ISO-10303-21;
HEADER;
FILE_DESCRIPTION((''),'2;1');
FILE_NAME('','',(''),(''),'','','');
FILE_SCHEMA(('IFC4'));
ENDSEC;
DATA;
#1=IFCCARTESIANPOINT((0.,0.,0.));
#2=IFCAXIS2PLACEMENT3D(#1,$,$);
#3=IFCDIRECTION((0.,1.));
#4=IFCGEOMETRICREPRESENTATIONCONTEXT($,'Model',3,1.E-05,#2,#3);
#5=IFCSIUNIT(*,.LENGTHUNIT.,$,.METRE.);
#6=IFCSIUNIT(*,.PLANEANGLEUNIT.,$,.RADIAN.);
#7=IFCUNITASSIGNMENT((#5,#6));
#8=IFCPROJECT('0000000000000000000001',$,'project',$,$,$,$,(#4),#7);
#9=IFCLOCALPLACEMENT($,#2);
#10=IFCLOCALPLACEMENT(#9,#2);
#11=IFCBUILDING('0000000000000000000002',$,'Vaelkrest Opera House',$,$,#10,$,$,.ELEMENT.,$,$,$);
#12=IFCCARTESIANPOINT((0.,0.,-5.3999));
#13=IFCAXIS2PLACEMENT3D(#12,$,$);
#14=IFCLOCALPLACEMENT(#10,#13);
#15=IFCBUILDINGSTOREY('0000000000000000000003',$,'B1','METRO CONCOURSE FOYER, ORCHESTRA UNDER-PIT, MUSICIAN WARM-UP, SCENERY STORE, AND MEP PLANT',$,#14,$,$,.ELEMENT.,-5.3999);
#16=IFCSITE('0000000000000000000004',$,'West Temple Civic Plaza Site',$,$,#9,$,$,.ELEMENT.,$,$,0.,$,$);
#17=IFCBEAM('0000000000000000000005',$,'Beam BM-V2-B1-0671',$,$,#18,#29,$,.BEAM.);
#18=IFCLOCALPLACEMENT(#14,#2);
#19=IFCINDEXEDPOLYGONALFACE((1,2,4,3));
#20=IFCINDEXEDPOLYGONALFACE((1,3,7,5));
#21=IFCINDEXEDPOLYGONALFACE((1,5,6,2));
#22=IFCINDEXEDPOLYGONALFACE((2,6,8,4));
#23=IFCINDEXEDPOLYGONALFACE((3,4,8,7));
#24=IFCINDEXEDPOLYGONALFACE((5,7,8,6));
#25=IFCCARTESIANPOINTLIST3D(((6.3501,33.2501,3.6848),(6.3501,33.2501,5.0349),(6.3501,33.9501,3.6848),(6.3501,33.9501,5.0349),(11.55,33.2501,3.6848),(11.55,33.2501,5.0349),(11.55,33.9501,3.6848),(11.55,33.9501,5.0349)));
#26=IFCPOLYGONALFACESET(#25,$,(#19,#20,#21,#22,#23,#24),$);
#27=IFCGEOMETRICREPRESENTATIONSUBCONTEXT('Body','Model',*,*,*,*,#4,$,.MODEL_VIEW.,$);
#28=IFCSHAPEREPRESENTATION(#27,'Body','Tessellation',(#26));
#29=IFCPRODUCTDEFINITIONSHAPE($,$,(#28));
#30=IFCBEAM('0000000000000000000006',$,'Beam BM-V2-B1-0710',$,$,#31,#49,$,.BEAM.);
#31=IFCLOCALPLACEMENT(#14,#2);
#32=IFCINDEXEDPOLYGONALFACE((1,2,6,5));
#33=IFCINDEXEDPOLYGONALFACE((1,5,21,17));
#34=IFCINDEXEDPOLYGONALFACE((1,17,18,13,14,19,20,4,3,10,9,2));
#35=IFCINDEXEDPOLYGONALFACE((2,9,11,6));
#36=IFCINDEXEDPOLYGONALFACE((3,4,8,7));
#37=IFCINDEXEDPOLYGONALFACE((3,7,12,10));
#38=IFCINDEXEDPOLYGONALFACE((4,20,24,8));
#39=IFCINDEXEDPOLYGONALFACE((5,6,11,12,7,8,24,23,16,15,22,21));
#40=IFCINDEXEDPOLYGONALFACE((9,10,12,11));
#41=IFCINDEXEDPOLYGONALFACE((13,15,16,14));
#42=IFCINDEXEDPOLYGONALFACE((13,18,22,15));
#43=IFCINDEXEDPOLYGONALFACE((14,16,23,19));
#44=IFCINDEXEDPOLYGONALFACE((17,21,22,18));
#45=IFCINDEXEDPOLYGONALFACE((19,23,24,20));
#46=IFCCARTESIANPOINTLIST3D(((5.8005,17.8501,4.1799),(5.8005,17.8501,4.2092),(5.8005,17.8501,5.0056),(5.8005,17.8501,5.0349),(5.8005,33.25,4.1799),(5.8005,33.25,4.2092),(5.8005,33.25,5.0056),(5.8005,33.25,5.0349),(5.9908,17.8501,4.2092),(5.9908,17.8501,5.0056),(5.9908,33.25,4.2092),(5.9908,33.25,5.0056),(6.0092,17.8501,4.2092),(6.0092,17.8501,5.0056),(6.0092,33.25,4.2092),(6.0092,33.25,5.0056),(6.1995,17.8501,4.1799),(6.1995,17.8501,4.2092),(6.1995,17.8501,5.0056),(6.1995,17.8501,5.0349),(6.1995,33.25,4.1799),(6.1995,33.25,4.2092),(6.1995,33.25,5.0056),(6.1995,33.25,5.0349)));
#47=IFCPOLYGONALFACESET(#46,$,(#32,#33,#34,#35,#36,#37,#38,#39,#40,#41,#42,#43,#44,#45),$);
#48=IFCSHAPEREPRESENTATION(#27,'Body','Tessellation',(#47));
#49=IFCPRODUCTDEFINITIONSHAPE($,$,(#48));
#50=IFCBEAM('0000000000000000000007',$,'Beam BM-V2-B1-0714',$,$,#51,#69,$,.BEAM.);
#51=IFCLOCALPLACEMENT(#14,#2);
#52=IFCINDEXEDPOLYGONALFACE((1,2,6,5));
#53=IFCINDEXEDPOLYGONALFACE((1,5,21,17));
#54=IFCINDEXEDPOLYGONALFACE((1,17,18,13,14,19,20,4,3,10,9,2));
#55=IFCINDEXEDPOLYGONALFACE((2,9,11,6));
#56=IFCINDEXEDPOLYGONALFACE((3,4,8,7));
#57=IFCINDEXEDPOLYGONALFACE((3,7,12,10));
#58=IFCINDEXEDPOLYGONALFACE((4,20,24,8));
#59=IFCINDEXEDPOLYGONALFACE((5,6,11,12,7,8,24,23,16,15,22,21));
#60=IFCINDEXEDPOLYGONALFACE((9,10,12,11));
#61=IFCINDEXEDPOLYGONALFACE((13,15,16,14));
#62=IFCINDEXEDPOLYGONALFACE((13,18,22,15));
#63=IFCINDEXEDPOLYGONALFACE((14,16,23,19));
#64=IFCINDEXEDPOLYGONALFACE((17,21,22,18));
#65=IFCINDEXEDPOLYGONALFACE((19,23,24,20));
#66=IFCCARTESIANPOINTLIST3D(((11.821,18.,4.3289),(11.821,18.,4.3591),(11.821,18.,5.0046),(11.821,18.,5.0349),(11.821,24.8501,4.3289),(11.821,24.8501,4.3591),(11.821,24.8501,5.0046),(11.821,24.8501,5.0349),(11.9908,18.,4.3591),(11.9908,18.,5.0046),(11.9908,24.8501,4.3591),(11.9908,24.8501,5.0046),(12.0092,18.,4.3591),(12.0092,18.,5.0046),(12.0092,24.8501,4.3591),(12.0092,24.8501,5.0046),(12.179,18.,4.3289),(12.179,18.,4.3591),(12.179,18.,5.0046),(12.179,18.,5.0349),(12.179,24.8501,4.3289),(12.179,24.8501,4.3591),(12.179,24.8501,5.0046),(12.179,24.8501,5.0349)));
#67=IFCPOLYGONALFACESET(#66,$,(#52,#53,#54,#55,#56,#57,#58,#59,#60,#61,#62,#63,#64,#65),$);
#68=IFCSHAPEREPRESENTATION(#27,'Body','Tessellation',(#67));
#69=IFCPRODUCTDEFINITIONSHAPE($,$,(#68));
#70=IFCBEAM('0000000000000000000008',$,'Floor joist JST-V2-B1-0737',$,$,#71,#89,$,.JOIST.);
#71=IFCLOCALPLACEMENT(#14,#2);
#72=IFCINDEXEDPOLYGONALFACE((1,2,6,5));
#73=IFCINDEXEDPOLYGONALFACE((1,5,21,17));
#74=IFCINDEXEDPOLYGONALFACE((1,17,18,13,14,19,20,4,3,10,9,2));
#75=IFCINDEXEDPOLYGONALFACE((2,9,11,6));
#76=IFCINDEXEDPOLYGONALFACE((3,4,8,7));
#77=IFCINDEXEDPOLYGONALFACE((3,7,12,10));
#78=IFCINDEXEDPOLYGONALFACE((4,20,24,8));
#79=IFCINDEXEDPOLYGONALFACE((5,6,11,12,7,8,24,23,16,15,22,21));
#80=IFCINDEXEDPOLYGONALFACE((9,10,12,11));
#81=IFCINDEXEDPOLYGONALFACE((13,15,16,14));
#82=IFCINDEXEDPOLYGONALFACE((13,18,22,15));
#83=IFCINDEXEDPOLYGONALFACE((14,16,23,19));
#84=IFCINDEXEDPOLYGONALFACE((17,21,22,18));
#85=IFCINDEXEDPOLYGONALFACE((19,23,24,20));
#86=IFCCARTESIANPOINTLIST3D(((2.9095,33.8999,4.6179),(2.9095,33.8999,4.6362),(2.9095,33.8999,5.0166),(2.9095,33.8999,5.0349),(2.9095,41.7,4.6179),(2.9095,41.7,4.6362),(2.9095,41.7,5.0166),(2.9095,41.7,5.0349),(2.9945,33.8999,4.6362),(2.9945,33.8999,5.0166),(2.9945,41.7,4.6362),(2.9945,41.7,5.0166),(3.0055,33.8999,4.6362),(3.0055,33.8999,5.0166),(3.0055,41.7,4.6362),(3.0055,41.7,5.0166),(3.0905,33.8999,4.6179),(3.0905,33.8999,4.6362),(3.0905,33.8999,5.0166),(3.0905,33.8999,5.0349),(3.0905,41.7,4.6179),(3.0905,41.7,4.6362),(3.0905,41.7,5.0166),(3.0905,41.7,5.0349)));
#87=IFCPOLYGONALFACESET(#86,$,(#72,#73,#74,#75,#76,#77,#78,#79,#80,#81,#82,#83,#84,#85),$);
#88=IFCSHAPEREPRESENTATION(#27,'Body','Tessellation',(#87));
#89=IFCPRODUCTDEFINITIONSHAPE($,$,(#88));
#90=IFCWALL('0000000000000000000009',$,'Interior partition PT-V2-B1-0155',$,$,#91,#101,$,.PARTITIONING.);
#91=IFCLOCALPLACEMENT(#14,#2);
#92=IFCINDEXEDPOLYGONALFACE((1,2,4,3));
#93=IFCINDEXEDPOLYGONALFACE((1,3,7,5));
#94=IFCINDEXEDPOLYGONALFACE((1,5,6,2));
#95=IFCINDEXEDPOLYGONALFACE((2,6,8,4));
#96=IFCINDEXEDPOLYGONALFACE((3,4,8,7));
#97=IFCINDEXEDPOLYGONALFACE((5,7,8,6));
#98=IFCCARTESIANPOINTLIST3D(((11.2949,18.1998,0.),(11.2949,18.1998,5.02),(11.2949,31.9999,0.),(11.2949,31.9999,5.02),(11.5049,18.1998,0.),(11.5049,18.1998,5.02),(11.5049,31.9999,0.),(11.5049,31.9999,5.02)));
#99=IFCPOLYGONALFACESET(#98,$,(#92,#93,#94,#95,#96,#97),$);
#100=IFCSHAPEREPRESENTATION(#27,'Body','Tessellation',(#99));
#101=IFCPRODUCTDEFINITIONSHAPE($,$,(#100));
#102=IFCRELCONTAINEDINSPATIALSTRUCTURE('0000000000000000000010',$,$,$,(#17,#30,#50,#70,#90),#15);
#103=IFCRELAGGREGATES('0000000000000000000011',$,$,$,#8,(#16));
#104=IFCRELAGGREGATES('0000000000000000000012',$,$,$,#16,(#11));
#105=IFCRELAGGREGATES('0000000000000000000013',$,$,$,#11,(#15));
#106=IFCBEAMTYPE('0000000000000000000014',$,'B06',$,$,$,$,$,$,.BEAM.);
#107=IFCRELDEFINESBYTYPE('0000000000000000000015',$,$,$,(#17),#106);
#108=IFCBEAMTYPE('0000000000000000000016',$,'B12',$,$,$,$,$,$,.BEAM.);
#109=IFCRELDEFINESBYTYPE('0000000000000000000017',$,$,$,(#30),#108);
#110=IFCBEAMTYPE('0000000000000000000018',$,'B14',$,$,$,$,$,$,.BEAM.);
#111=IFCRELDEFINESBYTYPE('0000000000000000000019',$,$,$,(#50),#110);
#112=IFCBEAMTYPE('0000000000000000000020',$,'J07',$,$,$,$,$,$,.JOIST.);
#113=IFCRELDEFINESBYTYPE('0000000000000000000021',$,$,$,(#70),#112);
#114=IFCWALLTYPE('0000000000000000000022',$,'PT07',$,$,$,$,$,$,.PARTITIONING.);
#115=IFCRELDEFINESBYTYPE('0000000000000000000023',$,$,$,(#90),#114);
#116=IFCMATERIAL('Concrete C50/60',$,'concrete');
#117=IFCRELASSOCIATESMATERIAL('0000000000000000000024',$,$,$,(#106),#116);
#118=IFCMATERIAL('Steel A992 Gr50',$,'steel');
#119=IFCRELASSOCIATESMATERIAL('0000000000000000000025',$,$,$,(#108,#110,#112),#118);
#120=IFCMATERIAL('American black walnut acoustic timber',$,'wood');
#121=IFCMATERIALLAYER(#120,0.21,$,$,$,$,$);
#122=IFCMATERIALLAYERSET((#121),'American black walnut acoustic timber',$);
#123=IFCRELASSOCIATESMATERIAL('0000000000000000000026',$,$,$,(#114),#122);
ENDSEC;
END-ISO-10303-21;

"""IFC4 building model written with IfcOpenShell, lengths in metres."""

from ifc_helpers import new_model, si_unit, direction, frame, frame_2d, origin, origin_2d, place, context, subcontext, project, spatial, rectangle, i_section, extrude, material, layer, layer_set, material_profile, profile_set, type_object, element, save


model = new_model("IFC4")

# Units and contexts
model_context = context("Model", 3, precision=1e-05, world=origin(), true_north=direction((0.0, 1.0)))
body_context = subcontext(model_context, "Body", "Model", "MODEL_VIEW")
ifc_project = project(units=[si_unit("LENGTHUNIT", "METRE"), si_unit("PLANEANGLEUNIT", "RADIAN")], contexts=[model_context])

# Site, building, storey
site_placement = place(None, origin())
site = spatial("IfcSite", under=ifc_project, at=site_placement, Name="West Temple Civic Plaza Site", CompositionType="ELEMENT", RefElevation=0.0)
building_placement = place(site_placement, origin())
building = spatial("IfcBuilding", under=site, at=building_placement, Name="Vaelkrest Opera House", CompositionType="ELEMENT")
storey_placement = place(building_placement, frame((0.0, 0.0, -5.3999)))
storey = spatial("IfcBuildingStorey", under=building, at=storey_placement, Name="B1", Description="METRO CONCOURSE FOYER, ORCHESTRA UNDER-PIT, MUSICIAN WARM-UP, SCENERY STORE, AND MEP PLANT", CompositionType="ELEMENT", Elevation=-5.3999)

# Shared definitions
ifc_material_1 = material(Name="Concrete C50/60", Category="concrete")

# Beams
ifc_material_profile_1 = material_profile(ifc_material_1, rectangle(XDim=0.7, YDim=1.3501, at=origin_2d()), Name="RCB700X1350")
ifc_profile_set_1 = profile_set([ifc_material_profile_1], Name="Concrete C50/60")
beam_type_1 = type_object("IfcBeamType", Name="B06", PredefinedType="BEAM", material=ifc_profile_set_1)
beam_1_placement = place(storey_placement, frame((6.3501, 33.6001, 4.3599), z_axis=(1.0, 0.0, 0.0), x_axis=(0.0, 1.0, 0.0)))
element("IfcBeam", 1, at=beam_1_placement, inside=storey, type_object=beam_type_1, Name="Beam BM-V2-B1-0671", PredefinedType="BEAM", context=body_context, shape_type="SweptSolid", body=[
    extrude(rectangle(XDim=0.7, YDim=1.3501, at=origin_2d()), origin(), (0.0, 0.0, 1.0), 5.2),
])
ifc_material_2 = material(Name="Steel A992 Gr50", Category="steel")
ifc_material_profile_2 = material_profile(ifc_material_2, i_section(OverallWidth=0.3989, OverallDepth=0.855, WebThickness=0.0183, FlangeThickness=0.0293, at=origin_2d()), Name="W33X201")
ifc_profile_set_2 = profile_set([ifc_material_profile_2], Name="Steel A992 Gr50")
beam_type_2 = type_object("IfcBeamType", Name="B12", PredefinedType="BEAM", material=ifc_profile_set_2)
beam_2_placement = place(storey_placement, frame((6.0, 17.8501, 4.6074), z_axis=(0.0, 1.0, 0.0), x_axis=(-1.0, 0.0, 0.0)))
element("IfcBeam", 2, at=beam_2_placement, inside=storey, type_object=beam_type_2, Name="Beam BM-V2-B1-0710", PredefinedType="BEAM", context=body_context, shape_type="SweptSolid", body=[
    extrude(i_section(OverallWidth=0.3989, OverallDepth=0.855, WebThickness=0.0183, FlangeThickness=0.0293, at=origin_2d()), origin(), (0.0, 0.0, 1.0), 15.3999),
])
ifc_material_profile_3 = material_profile(ifc_material_2, i_section(OverallWidth=0.3579, OverallDepth=0.7061, WebThickness=0.0183, FlangeThickness=0.0303, at=origin_2d()), Name="W27X178")
ifc_profile_set_3 = profile_set([ifc_material_profile_3], Name="Steel A992 Gr50")
beam_type_3 = type_object("IfcBeamType", Name="B14", PredefinedType="BEAM", material=ifc_profile_set_3)
beam_3_placement = place(storey_placement, frame((12.0, 18.0, 4.6819), z_axis=(0.0, 1.0, 0.0), x_axis=(-1.0, 0.0, 0.0)))
element("IfcBeam", 3, at=beam_3_placement, inside=storey, type_object=beam_type_3, Name="Beam BM-V2-B1-0714", PredefinedType="BEAM", context=body_context, shape_type="SweptSolid", body=[
    extrude(i_section(OverallWidth=0.3579, OverallDepth=0.7061, WebThickness=0.0183, FlangeThickness=0.0303, at=origin_2d()), origin(), (0.0, 0.0, 1.0), 6.8501),
])
ifc_material_profile_4 = material_profile(ifc_material_2, i_section(OverallWidth=0.1809, OverallDepth=0.417, WebThickness=0.011, FlangeThickness=0.0183, at=origin_2d()), Name="W16X57")
ifc_profile_set_4 = profile_set([ifc_material_profile_4], Name="Steel A992 Gr50")
beam_type_4 = type_object("IfcBeamType", Name="J07", PredefinedType="JOIST", material=ifc_profile_set_4)
beam_4_placement = place(storey_placement, frame((3.0, 33.8999, 4.8264), z_axis=(0.0, 1.0, 0.0), x_axis=(-1.0, 0.0, 0.0)))
element("IfcBeam", 4, at=beam_4_placement, inside=storey, type_object=beam_type_4, Name="Floor joist JST-V2-B1-0737", PredefinedType="JOIST", context=body_context, shape_type="SweptSolid", body=[
    extrude(i_section(OverallWidth=0.1809, OverallDepth=0.417, WebThickness=0.011, FlangeThickness=0.0183, at=origin_2d()), origin(), (0.0, 0.0, 1.0), 7.8),
])

# Wall
ifc_material_3 = material(Name="American black walnut acoustic timber", Category="wood")
ifc_layer = layer(ifc_material_3, 0.21)
ifc_layer_set = layer_set([ifc_layer], Name="American black walnut acoustic timber")
wall_type = type_object("IfcWallType", Name="PT07", PredefinedType="PARTITIONING", material=ifc_layer_set)
wall_placement = place(storey_placement, frame((11.3999, 18.2, 0.0), z_axis=(0.0, 0.0, 1.0), x_axis=(0.0, 1.0, 0.0)))
element("IfcWall", 5, at=wall_placement, inside=storey, type_object=wall_type, Name="Interior partition PT-V2-B1-0155", PredefinedType="PARTITIONING", context=body_context, shape_type="SweptSolid", body=[
    extrude(rectangle(XDim=13.8, YDim=0.21, at=frame_2d((6.8999, 0.0))), origin(), (0.0, 0.0, 1.0), 5.02),
])

save(model, "model.ifc")
